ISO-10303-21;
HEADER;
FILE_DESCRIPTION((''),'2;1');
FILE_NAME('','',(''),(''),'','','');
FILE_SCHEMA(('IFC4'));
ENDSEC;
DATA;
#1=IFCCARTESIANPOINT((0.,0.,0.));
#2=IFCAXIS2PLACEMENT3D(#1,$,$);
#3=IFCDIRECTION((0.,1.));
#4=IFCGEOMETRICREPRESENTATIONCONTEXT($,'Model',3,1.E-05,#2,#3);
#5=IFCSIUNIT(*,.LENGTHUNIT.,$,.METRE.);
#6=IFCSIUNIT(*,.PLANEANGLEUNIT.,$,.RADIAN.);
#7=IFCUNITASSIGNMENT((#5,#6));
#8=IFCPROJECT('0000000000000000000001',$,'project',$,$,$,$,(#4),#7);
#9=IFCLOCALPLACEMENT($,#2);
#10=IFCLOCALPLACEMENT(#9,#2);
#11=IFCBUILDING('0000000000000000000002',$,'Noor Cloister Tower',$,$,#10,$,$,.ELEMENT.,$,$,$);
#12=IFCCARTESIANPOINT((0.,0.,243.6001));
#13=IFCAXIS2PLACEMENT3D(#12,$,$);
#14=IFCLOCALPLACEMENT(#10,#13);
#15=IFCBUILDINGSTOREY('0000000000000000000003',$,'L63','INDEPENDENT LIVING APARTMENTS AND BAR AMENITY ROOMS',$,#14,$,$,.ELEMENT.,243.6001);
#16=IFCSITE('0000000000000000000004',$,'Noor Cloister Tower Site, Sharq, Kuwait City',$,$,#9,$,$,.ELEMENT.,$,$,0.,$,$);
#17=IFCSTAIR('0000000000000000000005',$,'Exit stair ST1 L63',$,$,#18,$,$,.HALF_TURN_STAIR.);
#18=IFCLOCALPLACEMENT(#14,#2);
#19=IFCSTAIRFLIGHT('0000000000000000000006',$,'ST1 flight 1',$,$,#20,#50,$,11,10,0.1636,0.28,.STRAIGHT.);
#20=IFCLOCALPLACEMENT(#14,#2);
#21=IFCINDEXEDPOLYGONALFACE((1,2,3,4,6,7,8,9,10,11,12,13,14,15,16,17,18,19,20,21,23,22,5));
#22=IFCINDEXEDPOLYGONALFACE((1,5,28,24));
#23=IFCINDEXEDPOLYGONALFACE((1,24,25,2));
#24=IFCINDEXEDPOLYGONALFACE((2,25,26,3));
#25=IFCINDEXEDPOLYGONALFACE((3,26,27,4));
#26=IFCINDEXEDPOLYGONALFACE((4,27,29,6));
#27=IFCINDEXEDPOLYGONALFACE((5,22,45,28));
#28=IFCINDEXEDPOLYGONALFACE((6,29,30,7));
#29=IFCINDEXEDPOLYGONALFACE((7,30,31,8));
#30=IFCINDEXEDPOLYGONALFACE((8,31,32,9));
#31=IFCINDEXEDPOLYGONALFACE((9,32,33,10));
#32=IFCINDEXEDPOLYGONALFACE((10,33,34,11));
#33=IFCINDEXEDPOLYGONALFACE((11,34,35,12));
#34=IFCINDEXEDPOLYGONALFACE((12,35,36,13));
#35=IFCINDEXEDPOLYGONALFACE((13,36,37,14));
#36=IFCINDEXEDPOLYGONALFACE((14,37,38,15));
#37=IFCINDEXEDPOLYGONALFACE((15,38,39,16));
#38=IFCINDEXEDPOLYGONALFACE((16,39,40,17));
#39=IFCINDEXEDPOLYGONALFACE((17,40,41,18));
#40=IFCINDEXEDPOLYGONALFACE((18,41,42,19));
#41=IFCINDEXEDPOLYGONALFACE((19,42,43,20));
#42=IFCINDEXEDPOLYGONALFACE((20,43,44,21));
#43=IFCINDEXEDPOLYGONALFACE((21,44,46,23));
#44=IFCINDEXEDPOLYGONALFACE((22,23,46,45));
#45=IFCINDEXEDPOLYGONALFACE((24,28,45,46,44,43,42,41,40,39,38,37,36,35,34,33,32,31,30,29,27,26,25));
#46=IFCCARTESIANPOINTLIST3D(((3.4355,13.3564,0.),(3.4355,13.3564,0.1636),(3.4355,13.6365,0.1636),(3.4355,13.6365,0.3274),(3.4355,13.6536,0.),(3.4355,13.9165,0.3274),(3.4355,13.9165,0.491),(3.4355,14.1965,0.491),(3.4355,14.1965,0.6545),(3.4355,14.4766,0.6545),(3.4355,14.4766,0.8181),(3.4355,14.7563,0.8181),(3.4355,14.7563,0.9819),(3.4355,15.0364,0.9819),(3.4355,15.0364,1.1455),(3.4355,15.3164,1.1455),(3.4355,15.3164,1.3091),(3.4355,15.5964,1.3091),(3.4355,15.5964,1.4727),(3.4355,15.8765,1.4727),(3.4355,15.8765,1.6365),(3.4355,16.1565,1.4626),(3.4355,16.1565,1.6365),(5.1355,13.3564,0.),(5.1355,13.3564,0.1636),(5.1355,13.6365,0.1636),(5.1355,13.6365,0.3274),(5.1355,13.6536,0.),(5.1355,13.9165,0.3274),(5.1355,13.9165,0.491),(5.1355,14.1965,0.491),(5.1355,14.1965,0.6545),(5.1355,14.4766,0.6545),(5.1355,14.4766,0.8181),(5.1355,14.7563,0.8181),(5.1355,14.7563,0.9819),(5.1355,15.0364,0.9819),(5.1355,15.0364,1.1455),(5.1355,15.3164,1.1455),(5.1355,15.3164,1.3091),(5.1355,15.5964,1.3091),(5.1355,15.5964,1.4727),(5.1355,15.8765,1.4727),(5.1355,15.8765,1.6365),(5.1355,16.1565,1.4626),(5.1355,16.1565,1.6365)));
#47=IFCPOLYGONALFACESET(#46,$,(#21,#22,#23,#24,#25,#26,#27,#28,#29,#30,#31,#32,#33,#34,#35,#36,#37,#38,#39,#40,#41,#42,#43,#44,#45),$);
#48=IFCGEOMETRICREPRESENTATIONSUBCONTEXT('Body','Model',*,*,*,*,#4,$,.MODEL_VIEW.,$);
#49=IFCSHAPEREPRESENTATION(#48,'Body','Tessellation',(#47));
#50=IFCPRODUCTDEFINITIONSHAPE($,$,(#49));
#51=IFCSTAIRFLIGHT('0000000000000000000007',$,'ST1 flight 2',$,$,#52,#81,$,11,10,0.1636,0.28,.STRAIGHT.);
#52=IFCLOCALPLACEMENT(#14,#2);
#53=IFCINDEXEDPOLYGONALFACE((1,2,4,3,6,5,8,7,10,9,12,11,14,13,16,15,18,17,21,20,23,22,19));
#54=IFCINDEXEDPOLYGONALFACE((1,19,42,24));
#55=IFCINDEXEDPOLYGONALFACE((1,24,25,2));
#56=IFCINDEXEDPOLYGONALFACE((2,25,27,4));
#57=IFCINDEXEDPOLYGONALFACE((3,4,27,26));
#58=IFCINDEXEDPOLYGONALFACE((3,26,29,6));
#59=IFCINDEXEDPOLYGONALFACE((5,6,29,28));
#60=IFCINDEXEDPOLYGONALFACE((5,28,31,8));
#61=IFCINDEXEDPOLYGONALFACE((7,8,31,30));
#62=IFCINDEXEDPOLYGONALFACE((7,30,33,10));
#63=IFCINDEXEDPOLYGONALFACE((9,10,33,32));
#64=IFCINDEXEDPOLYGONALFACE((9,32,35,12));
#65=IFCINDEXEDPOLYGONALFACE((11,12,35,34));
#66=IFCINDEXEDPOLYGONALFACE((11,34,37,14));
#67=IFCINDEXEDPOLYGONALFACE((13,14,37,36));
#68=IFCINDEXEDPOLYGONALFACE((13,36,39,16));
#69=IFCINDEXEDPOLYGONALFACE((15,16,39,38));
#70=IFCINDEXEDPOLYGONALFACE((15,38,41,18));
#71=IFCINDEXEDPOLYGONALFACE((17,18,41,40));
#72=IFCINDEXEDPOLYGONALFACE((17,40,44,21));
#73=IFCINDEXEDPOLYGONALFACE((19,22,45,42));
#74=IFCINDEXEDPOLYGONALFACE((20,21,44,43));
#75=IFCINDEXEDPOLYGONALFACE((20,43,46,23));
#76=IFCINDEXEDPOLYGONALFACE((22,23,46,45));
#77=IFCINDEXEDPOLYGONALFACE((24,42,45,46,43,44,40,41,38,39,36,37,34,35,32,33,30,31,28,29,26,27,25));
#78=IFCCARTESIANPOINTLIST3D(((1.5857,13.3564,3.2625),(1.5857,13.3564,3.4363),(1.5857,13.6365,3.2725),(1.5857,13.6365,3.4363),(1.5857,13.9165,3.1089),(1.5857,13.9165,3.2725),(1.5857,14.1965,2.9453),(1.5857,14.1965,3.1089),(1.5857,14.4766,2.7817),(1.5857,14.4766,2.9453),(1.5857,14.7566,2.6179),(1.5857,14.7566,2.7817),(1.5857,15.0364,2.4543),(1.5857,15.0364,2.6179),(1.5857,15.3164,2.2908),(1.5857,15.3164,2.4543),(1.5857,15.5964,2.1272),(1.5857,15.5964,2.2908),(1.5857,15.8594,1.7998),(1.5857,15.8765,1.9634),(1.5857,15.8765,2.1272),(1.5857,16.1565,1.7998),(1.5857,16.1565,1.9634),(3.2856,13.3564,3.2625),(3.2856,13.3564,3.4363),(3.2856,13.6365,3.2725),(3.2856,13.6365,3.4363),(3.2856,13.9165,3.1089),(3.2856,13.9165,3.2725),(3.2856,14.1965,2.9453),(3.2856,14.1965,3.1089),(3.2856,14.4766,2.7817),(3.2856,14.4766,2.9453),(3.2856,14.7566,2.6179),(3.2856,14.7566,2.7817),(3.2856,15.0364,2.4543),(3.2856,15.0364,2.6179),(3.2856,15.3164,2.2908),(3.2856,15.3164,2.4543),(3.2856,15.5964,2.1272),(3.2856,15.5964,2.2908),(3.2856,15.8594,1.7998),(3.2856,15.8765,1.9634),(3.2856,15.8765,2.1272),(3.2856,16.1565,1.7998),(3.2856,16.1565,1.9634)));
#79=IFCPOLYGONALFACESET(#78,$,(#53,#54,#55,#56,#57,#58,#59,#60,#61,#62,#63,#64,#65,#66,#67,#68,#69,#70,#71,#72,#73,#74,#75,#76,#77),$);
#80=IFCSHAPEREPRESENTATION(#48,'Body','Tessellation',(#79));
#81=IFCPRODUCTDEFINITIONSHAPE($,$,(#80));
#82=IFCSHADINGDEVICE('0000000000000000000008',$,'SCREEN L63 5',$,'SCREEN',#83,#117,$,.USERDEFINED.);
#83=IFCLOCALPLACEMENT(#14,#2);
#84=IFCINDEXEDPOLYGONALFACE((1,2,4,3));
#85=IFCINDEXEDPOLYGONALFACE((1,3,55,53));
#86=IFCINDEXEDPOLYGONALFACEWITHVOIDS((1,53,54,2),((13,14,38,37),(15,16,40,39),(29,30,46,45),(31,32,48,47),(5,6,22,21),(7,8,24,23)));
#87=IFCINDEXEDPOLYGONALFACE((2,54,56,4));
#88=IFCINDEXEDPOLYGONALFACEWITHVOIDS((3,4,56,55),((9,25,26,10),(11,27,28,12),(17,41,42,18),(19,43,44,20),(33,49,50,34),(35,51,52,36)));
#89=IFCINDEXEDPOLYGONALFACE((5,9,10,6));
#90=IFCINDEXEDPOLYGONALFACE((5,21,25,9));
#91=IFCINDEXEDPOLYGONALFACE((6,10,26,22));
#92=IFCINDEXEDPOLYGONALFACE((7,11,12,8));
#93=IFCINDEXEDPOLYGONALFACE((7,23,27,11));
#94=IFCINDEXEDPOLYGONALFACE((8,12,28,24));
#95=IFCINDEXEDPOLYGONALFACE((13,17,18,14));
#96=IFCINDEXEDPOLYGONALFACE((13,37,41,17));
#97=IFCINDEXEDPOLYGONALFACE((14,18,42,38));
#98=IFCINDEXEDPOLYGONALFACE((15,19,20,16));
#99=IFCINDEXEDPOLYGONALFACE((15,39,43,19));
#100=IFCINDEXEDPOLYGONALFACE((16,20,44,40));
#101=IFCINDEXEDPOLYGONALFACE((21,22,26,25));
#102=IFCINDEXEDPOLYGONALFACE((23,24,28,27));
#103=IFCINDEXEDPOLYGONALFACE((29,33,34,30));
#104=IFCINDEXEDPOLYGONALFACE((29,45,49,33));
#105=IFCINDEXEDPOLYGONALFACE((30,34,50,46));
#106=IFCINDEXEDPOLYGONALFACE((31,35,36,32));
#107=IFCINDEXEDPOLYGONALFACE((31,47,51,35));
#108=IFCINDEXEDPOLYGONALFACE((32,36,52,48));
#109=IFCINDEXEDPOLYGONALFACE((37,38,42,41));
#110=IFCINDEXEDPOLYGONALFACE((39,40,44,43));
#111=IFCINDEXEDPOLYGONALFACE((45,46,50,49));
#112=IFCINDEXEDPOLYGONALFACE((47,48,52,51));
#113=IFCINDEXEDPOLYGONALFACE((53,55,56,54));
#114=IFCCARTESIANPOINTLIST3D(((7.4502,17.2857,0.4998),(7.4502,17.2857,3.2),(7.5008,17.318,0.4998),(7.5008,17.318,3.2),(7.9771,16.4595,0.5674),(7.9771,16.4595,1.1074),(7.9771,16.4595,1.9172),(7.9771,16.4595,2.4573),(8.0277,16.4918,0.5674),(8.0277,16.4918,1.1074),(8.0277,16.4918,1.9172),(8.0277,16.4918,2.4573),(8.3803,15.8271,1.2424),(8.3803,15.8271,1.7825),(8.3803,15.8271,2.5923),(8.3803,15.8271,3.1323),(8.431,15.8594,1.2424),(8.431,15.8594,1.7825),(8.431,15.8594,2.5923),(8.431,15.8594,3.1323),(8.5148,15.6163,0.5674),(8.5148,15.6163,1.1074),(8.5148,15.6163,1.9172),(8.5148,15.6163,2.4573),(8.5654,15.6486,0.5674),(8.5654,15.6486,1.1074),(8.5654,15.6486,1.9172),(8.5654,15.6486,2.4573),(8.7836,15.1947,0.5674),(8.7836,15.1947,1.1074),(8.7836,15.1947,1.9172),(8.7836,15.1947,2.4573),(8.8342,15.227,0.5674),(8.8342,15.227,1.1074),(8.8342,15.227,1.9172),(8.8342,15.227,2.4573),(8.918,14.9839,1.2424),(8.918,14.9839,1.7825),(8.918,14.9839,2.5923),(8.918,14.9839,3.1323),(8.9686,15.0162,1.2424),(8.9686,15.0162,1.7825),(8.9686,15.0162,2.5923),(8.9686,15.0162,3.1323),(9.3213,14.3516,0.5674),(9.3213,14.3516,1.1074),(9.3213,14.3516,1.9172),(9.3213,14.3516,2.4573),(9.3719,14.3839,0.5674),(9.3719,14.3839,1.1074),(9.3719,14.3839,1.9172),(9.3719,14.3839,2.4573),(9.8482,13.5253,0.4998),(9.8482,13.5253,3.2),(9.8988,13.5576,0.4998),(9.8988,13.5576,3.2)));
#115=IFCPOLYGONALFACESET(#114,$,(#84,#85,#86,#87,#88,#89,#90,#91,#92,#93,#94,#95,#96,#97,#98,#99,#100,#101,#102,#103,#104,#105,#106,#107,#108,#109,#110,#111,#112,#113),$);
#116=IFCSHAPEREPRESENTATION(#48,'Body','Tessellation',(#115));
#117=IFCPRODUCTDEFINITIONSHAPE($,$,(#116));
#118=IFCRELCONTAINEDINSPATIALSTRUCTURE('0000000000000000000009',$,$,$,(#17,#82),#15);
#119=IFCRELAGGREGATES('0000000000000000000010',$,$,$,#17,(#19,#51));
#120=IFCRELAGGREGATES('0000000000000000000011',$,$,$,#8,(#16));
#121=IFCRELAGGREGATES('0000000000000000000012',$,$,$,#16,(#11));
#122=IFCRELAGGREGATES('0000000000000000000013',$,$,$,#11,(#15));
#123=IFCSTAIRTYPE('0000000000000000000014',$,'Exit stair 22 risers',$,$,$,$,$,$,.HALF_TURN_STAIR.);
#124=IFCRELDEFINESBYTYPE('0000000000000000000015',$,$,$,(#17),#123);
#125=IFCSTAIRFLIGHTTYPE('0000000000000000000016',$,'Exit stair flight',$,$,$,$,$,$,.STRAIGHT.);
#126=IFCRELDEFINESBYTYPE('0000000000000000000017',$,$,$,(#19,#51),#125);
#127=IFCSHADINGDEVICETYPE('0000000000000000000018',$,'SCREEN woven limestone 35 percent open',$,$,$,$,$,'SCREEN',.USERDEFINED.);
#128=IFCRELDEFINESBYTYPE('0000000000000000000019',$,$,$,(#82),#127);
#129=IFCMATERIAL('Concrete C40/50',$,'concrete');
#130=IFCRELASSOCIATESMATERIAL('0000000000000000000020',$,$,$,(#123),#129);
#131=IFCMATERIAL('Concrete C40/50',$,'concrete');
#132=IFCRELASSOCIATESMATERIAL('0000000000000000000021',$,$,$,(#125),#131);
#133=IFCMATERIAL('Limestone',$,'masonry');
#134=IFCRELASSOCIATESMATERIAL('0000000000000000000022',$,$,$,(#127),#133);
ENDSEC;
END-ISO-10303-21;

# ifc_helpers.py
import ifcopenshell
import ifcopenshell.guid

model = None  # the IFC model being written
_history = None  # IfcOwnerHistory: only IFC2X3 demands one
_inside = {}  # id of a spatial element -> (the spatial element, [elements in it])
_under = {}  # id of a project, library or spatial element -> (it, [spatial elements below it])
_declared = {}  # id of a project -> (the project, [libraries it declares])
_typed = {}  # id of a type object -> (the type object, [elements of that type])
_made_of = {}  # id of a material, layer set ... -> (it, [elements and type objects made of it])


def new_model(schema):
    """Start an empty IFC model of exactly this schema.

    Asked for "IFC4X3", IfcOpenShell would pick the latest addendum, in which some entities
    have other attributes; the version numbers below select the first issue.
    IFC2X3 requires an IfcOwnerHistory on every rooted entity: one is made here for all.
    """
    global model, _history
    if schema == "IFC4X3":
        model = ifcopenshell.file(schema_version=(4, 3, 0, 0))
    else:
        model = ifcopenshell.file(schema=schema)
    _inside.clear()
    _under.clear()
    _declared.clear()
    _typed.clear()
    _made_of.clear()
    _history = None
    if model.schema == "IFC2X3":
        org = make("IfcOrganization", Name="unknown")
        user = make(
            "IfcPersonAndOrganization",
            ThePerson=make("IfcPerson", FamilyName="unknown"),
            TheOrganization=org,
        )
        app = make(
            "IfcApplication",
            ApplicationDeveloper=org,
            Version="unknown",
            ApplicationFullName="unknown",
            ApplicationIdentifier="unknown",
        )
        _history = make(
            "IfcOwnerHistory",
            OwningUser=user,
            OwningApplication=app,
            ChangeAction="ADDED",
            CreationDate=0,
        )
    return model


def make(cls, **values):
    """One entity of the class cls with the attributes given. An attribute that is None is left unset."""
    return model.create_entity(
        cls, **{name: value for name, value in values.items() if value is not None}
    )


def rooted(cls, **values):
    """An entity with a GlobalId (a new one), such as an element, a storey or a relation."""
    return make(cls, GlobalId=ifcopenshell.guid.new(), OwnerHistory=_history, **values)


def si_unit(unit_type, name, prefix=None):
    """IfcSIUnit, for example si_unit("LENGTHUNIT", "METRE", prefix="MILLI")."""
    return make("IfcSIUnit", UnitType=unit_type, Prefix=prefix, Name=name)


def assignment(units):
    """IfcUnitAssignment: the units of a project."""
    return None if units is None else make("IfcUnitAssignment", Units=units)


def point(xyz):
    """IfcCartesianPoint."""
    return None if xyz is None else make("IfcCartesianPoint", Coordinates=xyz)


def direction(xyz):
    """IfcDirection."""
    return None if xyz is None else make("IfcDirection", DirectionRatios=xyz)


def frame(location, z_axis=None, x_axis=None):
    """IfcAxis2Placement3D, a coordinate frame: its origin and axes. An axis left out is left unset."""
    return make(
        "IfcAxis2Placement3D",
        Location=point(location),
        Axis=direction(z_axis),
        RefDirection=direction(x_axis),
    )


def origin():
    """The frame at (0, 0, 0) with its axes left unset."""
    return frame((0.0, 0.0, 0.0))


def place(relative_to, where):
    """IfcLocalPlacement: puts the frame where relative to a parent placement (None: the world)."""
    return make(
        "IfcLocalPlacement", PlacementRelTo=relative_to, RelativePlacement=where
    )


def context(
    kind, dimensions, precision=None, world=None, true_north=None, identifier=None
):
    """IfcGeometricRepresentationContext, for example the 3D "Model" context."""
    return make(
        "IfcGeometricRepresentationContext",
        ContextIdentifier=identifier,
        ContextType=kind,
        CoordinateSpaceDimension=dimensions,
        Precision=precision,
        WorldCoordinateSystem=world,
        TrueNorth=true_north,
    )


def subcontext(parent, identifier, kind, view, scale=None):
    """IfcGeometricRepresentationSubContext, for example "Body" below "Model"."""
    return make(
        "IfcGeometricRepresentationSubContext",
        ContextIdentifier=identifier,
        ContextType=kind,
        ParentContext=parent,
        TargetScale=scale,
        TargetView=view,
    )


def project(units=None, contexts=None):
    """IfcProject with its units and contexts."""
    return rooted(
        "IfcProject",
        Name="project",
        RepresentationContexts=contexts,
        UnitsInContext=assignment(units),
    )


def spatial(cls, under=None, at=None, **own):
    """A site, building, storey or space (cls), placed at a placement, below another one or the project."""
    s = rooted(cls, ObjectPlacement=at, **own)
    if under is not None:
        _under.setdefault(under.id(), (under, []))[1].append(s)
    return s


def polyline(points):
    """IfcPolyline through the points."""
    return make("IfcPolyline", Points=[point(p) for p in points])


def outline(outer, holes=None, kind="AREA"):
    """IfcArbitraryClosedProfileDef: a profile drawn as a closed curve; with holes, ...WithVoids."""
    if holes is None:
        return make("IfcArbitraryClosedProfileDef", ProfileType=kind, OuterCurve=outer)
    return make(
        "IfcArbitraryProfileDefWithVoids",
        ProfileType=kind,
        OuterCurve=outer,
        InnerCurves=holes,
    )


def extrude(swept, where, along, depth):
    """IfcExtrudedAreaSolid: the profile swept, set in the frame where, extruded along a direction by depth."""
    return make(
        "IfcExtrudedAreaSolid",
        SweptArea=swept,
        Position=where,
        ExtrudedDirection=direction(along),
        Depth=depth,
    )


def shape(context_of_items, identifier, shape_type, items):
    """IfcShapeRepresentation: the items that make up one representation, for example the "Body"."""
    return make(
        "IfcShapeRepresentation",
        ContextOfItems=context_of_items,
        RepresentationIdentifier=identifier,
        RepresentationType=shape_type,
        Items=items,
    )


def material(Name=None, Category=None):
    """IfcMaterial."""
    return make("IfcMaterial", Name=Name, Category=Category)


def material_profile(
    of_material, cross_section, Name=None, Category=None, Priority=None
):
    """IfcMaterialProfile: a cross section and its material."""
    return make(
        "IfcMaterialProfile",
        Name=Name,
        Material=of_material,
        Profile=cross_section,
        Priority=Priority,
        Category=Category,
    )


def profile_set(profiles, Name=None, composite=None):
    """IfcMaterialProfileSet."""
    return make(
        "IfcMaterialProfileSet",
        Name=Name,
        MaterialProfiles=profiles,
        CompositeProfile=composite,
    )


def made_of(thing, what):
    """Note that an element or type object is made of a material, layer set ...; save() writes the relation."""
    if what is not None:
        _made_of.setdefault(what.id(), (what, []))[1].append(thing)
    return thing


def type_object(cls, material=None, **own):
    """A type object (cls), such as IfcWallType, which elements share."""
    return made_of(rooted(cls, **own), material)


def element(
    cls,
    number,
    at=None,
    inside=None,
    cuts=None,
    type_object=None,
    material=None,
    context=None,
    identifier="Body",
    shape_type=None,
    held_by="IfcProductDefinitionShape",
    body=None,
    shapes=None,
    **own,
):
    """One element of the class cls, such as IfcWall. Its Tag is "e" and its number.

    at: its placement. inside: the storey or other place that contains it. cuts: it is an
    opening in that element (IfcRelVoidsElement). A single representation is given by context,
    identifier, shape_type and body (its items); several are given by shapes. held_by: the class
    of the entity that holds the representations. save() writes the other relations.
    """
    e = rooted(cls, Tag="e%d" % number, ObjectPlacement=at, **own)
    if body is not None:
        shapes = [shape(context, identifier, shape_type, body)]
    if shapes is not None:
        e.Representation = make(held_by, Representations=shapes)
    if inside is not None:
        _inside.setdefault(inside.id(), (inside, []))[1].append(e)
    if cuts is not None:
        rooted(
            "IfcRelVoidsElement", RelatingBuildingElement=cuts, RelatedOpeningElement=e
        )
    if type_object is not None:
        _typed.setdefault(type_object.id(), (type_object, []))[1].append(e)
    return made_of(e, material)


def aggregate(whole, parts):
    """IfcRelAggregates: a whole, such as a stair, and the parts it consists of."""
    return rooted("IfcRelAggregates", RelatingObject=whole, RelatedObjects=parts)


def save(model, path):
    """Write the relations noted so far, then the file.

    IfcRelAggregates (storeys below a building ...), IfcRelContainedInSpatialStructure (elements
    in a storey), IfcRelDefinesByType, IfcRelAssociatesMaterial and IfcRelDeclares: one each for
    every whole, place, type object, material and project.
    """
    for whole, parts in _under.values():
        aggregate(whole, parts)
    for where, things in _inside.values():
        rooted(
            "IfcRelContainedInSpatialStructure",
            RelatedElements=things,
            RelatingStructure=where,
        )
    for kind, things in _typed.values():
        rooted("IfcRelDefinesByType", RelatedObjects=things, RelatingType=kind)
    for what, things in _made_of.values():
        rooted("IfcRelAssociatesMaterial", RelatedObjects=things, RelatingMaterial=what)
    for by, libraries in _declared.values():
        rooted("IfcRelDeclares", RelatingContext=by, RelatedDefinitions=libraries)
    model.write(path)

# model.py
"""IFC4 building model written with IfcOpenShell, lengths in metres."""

from ifc_helpers import new_model, si_unit, direction, frame, origin, place, context, subcontext, project, spatial, polyline, outline, extrude, material, material_profile, profile_set, type_object, element, aggregate, save


model = new_model("IFC4")

# Units and contexts
model_context = context("Model", 3, precision=1e-05, world=origin(), true_north=direction((0.0, 1.0)))
body_context = subcontext(model_context, "Body", "Model", "MODEL_VIEW")
ifc_project = project(units=[si_unit("LENGTHUNIT", "METRE"), si_unit("PLANEANGLEUNIT", "RADIAN")], contexts=[model_context])

# Site, building, storey
site_placement = place(None, origin())
site = spatial("IfcSite", under=ifc_project, at=site_placement, Name="Noor Cloister Tower Site, Sharq, Kuwait City", CompositionType="ELEMENT", RefElevation=0.0)
building_placement = place(site_placement, origin())
building = spatial("IfcBuilding", under=site, at=building_placement, Name="Noor Cloister Tower", CompositionType="ELEMENT")
storey_placement = place(building_placement, frame((0.0, 0.0, 243.6001)))
storey = spatial("IfcBuildingStorey", under=building, at=storey_placement, Name="L63", Description="INDEPENDENT LIVING APARTMENTS AND BAR AMENITY ROOMS", CompositionType="ELEMENT", Elevation=243.6001)

# Stair, stair flights
ifc_material_1 = material(Name="Concrete C40/50", Category="concrete")
stair_type = type_object("IfcStairType", Name="Exit stair 22 risers", PredefinedType="HALF_TURN_STAIR", material=ifc_material_1)
stair_placement = place(storey_placement, origin())
stair = element("IfcStair", 1, at=stair_placement, inside=storey, type_object=stair_type, Name="Exit stair ST1 L63", PredefinedType="HALF_TURN_STAIR")
ifc_material_2 = material(Name="Concrete C40/50", Category="concrete")
stair_flight_type = type_object("IfcStairFlightType", Name="Exit stair flight", PredefinedType="STRAIGHT", material=ifc_material_2)
stair_flight_1_placement = place(storey_placement, frame((4.2856, 13.3564, 0.0), z_axis=(0.0, 0.0, 1.0), x_axis=(0.0, 1.0, 0.0)))
stair_flight_1 = element("IfcStairFlight", 2, at=stair_flight_1_placement, type_object=stair_flight_type, Name="ST1 flight 1", NumberOfRisers=11, NumberOfTreads=10, PredefinedType="STRAIGHT", RiserHeight=0.1636, TreadLength=0.28, context=body_context, shape_type="SweptSolid", body=[
    extrude(outline(polyline([(0.0, 0.0), (0.0, 0.1636), (0.28, 0.1636), (0.28, 0.3274), (0.5601, 0.3274), (0.5601, 0.491), (0.8401, 0.491), (0.8401, 0.6545), (1.1201, 0.6545), (1.1201, 0.8181), (1.3999, 0.8181), (1.3999, 0.9819), (1.6799, 0.9819), (1.6799, 1.1455), (1.96, 1.1455), (1.96, 1.3091), (2.24, 1.3091), (2.24, 1.4727), (2.52, 1.4727), (2.52, 1.6365), (2.8, 1.6365), (2.8, 1.8), (2.8, 1.4626), (0.2971, 0.0), (0.0, 0.0)])), frame((0.0, 0.8501, 0.0), z_axis=(0.0, -1.0, 0.0), x_axis=(1.0, 0.0, 0.0)), (0.0, 0.0, 1.0), 1.7),
])
stair_flight_2_placement = place(storey_placement, frame((2.4355, 16.1565, 1.7998), z_axis=(0.0, 0.0, 1.0), x_axis=(0.0, -1.0, 0.0)))
stair_flight_2 = element("IfcStairFlight", 3, at=stair_flight_2_placement, type_object=stair_flight_type, Name="ST1 flight 2", NumberOfRisers=11, NumberOfTreads=10, PredefinedType="STRAIGHT", RiserHeight=0.1636, TreadLength=0.28, context=body_context, shape_type="SweptSolid", body=[
    extrude(outline(polyline([(0.0, 0.0), (0.0, 0.1636), (0.28, 0.1636), (0.28, 0.3274), (0.5601, 0.3274), (0.5601, 0.491), (0.8401, 0.491), (0.8401, 0.6545), (1.1201, 0.6545), (1.1201, 0.8181), (1.3999, 0.8181), (1.3999, 0.9819), (1.6799, 0.9819), (1.6799, 1.1455), (1.96, 1.1455), (1.96, 1.3091), (2.24, 1.3091), (2.24, 1.4727), (2.52, 1.4727), (2.52, 1.6365), (2.8, 1.6365), (2.8, 1.8), (2.8, 1.4626), (0.2971, 0.0), (0.0, 0.0)])), frame((0.0, 0.8501, 0.0), z_axis=(0.0, -1.0, 0.0), x_axis=(1.0, 0.0, 0.0)), (0.0, 0.0, 1.0), 1.7),
])
aggregate(stair, [stair_flight_1, stair_flight_2])

# Shading device
ifc_material_3 = material(Name="Limestone", Category="masonry")
ifc_material_profile_1 = material_profile(ifc_material_3, outline(polyline([(-2.23, -1.3501), (2.23, -1.3501), (2.23, 1.3501), (-2.23, 1.3501), (-2.23, -1.3501)]), holes=[polyline([(-1.25, -1.2825), (-0.25, -1.2825), (-0.25, -0.7424), (-1.25, -0.7424), (-1.25, -1.2825)]), polyline([(0.25, -1.2825), (1.25, -1.2825), (1.25, -0.7424), (0.25, -0.7424), (0.25, -1.2825)]), polyline([(-0.5, -0.6074), (0.5, -0.6074), (0.5, -0.0674), (-0.5, -0.0674), (-0.5, -0.6074)]), polyline([(-1.25, 0.0674), (-0.25, 0.0674), (-0.25, 0.6074), (-1.25, 0.6074), (-1.25, 0.0674)]), polyline([(0.25, 0.0674), (1.25, 0.0674), (1.25, 0.6074), (0.25, 0.6074), (0.25, 0.0674)]), polyline([(-0.5, 0.7424), (0.5, 0.7424), (0.5, 1.2825), (-0.5, 1.2825), (-0.5, 0.7424)])]), Name="Woven screen 35 percent open")
ifc_profile_set_1 = profile_set([ifc_material_profile_1], Name="Limestone")
shading_device_type = type_object("IfcShadingDeviceType", Name="SCREEN woven limestone 35 percent open", ElementType="SCREEN", PredefinedType="USERDEFINED", material=ifc_profile_set_1)
shading_device_placement = place(storey_placement, frame((8.6492, 15.4055, 1.8499), z_axis=(0.843158, 0.537666, 0.0), x_axis=(-0.537666, 0.843158, 0.0)))
element("IfcShadingDevice", 4, at=shading_device_placement, inside=storey, type_object=shading_device_type, Name="SCREEN L63 5", ObjectType="SCREEN", PredefinedType="USERDEFINED", context=body_context, shape_type="SweptSolid", body=[
    extrude(outline(polyline([(-2.23, -1.3501), (2.23, -1.3501), (2.23, 1.3501), (-2.23, 1.3501), (-2.23, -1.3501)]), holes=[polyline([(-1.25, -1.2825), (-0.25, -1.2825), (-0.25, -0.7424), (-1.25, -0.7424), (-1.25, -1.2825)]), polyline([(0.25, -1.2825), (1.25, -1.2825), (1.25, -0.7424), (0.25, -0.7424), (0.25, -1.2825)]), polyline([(-0.5, -0.6074), (0.5, -0.6074), (0.5, -0.0674), (-0.5, -0.0674), (-0.5, -0.6074)]), polyline([(-1.25, 0.0674), (-0.25, 0.0674), (-0.25, 0.6074), (-1.25, 0.6074), (-1.25, 0.0674)]), polyline([(0.25, 0.0674), (1.25, 0.0674), (1.25, 0.6074), (0.25, 0.6074), (0.25, 0.0674)]), polyline([(-0.5, 0.7424), (0.5, 0.7424), (0.5, 1.2825), (-0.5, 1.2825), (-0.5, 0.7424)])]), origin(), (0.0, 0.0, 1.0), 0.0601),
])

save(model, "model.ifc")
